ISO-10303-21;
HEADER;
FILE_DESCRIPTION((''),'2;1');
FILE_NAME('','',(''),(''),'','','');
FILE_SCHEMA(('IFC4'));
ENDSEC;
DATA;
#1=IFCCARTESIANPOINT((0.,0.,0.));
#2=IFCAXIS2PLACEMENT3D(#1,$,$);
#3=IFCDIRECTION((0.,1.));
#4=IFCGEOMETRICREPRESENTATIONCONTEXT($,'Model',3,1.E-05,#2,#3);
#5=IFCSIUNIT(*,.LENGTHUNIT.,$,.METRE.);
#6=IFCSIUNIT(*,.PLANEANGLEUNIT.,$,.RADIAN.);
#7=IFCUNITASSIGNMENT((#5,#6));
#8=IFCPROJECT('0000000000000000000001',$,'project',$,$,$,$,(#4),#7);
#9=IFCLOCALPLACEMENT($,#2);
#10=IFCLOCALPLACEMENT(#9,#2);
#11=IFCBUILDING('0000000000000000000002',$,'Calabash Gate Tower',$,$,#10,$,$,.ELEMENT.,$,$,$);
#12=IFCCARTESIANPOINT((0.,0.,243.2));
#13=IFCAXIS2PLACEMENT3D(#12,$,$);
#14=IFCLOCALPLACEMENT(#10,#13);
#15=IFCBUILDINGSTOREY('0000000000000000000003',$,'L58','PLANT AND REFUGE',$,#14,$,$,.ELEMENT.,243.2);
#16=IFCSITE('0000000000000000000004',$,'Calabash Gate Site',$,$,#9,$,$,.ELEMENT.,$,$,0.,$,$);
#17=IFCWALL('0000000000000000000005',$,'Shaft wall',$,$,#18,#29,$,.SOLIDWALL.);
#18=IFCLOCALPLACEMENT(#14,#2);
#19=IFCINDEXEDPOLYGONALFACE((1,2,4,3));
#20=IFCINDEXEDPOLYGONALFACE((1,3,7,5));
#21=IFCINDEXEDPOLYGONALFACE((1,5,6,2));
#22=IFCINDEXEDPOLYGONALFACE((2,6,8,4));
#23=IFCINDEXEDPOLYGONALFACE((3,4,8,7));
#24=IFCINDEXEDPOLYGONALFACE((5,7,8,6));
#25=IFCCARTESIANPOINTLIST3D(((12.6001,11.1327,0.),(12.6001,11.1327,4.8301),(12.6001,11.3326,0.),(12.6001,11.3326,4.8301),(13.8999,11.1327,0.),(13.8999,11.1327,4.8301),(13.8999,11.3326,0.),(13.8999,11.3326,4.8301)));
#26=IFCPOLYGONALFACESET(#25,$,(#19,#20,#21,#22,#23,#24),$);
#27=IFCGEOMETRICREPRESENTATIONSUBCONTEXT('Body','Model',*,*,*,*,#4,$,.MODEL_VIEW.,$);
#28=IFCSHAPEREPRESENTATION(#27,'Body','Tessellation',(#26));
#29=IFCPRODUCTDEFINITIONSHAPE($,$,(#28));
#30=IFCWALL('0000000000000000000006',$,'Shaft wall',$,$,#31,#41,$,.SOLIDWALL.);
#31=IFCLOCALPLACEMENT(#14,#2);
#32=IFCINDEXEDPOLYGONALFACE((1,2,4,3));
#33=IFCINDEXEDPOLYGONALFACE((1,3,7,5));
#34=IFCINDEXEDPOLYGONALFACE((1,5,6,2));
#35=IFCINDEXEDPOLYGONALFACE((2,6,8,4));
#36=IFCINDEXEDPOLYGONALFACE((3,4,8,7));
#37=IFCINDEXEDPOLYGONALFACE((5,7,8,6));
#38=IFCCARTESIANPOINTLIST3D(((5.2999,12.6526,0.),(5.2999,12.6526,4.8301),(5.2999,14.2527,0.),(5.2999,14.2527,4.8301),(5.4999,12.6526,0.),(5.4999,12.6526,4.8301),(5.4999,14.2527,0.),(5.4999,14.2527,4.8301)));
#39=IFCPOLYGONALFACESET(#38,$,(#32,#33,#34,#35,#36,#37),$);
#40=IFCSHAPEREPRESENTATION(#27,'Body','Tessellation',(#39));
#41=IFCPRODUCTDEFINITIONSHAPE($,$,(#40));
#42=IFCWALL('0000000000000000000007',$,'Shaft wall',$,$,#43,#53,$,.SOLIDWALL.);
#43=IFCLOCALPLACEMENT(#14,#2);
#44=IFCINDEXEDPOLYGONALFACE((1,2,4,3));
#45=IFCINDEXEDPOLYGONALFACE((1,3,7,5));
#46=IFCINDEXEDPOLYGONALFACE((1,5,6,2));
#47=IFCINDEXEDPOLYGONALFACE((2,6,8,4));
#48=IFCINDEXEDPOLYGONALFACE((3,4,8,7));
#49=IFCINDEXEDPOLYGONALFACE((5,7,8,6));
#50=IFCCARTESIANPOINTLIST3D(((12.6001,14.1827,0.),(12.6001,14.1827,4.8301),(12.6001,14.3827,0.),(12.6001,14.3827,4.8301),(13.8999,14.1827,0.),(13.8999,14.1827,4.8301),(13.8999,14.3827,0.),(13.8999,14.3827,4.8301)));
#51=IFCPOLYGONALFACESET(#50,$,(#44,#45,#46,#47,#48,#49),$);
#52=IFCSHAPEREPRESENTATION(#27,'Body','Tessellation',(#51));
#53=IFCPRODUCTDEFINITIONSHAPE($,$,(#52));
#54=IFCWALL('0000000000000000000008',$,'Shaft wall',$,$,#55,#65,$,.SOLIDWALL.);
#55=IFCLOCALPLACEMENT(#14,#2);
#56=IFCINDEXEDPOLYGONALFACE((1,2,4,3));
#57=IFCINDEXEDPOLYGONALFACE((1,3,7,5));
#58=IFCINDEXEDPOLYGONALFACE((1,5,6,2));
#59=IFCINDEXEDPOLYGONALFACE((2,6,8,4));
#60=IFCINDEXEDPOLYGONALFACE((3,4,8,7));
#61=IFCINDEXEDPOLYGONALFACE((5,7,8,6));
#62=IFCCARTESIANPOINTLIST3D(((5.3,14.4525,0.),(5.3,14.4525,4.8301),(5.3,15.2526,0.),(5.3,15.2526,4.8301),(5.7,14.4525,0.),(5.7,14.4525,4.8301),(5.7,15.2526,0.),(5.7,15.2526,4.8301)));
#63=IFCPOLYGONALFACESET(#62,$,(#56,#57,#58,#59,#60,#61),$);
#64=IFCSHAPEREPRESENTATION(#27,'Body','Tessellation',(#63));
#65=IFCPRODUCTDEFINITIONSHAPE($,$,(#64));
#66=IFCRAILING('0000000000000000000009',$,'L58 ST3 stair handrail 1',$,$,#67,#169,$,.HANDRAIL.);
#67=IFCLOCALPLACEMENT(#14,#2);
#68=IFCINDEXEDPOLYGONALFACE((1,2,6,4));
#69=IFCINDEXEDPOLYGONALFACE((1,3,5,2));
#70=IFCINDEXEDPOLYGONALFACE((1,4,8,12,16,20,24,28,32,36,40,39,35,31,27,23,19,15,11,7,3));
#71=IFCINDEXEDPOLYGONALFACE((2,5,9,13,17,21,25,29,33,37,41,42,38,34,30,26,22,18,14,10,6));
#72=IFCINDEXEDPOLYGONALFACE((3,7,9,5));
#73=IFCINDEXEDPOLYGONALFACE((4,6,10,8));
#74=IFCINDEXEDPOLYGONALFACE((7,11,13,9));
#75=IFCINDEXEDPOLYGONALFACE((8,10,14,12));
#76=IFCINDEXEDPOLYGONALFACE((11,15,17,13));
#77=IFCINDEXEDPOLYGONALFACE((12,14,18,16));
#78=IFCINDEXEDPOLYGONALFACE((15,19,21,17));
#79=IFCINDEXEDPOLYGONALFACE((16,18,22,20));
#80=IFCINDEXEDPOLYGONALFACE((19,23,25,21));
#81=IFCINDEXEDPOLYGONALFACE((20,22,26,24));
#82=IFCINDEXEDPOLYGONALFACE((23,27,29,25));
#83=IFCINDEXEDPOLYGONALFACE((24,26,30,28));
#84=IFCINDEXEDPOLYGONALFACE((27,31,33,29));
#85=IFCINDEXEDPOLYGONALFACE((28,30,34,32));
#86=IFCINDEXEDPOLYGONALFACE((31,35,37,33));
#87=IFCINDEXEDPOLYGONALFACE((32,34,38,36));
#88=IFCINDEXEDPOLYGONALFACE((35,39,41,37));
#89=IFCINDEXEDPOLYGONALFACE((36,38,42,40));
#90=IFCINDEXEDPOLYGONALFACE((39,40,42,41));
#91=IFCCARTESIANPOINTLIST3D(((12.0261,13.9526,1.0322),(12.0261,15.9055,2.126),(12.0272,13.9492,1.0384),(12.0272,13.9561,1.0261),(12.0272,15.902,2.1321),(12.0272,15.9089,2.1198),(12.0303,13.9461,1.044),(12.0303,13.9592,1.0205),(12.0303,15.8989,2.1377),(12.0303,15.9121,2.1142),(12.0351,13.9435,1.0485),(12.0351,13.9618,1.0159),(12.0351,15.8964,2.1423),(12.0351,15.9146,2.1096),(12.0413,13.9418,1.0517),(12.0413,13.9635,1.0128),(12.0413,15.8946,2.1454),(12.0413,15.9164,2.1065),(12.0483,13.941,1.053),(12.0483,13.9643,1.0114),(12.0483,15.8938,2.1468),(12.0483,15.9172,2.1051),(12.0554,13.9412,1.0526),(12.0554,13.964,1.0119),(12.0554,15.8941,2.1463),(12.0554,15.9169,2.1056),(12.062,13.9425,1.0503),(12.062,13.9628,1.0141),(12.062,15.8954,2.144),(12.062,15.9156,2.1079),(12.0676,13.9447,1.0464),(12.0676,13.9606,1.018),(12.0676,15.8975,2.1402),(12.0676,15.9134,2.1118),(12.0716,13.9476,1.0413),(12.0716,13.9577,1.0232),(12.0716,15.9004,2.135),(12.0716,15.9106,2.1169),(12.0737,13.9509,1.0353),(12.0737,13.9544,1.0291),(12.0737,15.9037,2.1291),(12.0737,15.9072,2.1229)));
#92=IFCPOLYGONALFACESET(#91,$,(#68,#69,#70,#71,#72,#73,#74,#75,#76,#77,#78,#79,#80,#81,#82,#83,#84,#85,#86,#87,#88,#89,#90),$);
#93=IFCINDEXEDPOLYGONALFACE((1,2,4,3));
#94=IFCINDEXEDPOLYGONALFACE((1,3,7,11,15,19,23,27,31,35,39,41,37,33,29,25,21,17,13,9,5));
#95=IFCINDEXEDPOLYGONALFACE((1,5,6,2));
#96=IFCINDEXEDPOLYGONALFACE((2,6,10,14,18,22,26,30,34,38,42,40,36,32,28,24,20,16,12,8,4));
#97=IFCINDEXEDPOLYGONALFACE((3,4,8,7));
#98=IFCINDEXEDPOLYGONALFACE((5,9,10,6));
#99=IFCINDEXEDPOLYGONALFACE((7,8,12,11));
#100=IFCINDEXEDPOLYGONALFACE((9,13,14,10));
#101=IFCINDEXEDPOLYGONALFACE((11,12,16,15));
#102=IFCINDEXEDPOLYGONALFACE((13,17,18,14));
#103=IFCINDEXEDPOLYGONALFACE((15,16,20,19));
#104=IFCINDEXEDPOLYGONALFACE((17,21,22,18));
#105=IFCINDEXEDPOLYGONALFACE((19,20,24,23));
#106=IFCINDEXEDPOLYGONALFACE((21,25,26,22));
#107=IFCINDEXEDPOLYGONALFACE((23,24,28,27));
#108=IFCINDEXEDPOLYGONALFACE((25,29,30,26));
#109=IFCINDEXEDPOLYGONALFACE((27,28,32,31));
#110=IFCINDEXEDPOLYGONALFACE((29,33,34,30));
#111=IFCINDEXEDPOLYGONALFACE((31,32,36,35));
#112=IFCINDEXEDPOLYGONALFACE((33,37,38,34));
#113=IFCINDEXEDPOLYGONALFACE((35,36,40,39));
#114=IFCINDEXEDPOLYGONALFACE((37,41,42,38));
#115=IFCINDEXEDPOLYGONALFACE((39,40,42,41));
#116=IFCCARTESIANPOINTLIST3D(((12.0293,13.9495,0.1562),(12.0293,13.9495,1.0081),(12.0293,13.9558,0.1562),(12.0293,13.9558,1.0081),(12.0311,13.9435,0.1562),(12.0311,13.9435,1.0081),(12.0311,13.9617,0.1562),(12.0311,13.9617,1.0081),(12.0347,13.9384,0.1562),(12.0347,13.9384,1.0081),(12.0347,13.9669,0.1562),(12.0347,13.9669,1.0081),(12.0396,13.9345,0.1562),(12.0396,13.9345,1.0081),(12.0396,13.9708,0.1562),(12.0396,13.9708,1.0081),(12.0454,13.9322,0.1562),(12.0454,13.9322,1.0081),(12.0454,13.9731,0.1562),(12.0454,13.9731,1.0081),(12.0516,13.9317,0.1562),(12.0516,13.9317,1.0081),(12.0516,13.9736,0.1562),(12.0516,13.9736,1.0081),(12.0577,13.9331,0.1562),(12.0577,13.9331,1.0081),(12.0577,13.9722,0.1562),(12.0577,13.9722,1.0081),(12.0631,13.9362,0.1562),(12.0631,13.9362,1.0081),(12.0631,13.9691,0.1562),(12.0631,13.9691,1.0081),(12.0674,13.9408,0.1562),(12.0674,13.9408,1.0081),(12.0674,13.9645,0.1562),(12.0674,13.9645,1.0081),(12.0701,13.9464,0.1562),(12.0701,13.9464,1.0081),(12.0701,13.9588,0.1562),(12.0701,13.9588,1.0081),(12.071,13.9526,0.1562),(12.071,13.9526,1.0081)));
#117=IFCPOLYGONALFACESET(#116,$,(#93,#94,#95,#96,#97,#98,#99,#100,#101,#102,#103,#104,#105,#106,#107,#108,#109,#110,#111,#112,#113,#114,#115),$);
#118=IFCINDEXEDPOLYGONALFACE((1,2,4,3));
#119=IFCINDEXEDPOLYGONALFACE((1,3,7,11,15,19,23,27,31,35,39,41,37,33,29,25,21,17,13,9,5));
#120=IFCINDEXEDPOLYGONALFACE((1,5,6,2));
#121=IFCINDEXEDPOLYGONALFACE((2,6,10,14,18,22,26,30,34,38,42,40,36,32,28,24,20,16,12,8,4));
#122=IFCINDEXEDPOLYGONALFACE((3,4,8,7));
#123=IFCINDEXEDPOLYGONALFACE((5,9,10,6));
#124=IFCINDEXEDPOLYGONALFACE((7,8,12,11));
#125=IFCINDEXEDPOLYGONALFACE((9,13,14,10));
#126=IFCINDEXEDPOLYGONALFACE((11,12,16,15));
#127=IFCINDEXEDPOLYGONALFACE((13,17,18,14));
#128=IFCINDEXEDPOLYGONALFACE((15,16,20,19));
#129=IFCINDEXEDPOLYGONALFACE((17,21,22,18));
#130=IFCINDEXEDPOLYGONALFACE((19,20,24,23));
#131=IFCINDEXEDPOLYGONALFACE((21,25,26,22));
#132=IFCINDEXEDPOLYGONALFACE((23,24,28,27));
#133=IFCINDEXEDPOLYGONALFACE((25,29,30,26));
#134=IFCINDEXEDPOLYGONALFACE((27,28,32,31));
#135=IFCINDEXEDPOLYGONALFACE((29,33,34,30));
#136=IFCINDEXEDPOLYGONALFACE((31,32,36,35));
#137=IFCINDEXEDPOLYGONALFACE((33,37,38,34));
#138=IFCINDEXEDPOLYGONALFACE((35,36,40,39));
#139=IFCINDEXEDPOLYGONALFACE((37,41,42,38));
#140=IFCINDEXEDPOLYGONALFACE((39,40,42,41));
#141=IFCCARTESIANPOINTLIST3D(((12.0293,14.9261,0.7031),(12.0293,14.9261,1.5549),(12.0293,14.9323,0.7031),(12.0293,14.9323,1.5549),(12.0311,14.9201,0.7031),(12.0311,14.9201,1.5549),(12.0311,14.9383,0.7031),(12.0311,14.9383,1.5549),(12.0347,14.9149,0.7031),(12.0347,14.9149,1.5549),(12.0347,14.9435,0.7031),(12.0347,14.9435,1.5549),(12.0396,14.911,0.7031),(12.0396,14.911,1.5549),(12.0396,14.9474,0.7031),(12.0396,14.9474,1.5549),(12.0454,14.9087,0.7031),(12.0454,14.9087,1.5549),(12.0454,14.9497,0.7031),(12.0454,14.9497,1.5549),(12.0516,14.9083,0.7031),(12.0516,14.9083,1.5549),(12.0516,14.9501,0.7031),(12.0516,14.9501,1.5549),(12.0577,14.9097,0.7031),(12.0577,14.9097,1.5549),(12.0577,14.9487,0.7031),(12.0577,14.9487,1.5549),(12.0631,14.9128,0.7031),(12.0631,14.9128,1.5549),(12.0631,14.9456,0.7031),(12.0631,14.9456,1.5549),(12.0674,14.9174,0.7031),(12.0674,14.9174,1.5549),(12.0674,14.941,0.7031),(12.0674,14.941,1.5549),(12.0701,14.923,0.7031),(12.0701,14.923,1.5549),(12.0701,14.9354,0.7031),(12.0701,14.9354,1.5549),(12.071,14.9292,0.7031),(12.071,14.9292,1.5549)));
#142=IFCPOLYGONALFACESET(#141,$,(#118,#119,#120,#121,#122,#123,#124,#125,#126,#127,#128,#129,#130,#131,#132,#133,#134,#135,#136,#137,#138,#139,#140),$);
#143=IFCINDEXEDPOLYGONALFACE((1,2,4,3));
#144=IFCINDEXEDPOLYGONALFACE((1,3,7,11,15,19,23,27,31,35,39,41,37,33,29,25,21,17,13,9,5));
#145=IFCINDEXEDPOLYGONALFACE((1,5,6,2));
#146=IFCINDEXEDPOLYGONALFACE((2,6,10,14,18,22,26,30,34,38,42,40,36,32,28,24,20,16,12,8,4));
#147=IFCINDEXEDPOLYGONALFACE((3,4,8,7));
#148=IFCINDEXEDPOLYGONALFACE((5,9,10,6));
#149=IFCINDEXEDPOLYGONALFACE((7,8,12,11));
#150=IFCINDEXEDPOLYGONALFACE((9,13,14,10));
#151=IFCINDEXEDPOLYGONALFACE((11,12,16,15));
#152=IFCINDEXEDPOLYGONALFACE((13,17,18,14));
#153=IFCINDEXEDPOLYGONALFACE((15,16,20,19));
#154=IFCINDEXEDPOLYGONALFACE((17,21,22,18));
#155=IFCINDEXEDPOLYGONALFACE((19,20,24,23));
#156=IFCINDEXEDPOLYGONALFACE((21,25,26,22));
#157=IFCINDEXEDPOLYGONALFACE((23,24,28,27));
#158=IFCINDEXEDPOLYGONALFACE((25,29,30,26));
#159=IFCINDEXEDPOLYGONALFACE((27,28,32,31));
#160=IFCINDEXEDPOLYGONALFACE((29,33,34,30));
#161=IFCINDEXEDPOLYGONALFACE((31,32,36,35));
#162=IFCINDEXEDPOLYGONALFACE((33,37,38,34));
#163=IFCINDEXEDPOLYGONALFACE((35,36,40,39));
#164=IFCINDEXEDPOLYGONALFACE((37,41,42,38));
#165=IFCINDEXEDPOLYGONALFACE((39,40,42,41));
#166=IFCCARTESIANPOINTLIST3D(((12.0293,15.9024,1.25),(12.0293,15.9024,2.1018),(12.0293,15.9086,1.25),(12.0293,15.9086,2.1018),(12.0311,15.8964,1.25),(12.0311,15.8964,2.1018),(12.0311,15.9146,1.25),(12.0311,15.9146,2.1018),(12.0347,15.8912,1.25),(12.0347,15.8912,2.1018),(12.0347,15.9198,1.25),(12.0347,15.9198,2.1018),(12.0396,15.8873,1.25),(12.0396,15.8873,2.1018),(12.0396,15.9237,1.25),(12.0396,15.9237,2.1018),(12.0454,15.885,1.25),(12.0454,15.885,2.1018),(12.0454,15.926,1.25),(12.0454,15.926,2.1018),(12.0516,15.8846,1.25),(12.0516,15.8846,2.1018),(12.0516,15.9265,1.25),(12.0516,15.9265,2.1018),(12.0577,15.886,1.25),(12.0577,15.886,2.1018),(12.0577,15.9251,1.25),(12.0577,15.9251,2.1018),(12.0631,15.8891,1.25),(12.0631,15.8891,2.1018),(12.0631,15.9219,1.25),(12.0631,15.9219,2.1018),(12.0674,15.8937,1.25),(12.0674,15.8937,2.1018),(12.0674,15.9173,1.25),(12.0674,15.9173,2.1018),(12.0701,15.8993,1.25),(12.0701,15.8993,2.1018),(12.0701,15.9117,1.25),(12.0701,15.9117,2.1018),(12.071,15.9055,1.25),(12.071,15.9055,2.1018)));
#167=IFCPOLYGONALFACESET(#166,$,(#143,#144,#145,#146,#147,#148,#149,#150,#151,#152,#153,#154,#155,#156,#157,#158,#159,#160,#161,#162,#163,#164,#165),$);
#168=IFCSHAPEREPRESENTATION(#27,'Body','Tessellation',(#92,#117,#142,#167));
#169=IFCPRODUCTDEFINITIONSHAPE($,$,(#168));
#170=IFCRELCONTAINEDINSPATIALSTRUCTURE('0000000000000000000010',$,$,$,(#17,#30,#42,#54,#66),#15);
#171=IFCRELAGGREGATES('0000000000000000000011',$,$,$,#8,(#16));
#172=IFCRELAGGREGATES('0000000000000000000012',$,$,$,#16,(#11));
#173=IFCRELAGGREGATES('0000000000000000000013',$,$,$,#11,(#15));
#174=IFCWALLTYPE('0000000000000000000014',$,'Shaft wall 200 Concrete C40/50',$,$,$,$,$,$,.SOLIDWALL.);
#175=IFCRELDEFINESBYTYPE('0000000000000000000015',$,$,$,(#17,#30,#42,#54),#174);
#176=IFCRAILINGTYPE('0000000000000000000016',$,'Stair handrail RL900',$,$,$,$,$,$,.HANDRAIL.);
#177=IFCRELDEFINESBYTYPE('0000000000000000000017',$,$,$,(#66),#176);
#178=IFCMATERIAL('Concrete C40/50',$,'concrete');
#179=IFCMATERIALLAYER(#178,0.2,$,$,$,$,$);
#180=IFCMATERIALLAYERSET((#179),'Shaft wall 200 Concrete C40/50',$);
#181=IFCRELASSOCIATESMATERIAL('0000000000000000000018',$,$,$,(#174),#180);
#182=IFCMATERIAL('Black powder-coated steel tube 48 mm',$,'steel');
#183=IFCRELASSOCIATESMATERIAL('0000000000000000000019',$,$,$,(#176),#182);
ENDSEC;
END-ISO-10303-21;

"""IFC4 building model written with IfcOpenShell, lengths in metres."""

from ifc_helpers import new_model, si_unit, direction, frame, frame_2d, origin, origin_2d, place, context, subcontext, project, spatial, rectangle, circle, extrude, material, layer, layer_set, type_object, element, save


model = new_model("IFC4")

# Units and contexts
model_context = context("Model", 3, precision=1e-05, world=origin(), true_north=direction((0.0, 1.0)))
body_context = subcontext(model_context, "Body", "Model", "MODEL_VIEW")
ifc_project = project(units=[si_unit("LENGTHUNIT", "METRE"), si_unit("PLANEANGLEUNIT", "RADIAN")], contexts=[model_context])

# Site, building, storey
site_placement = place(None, origin())
site = spatial("IfcSite", under=ifc_project, at=site_placement, Name="Calabash Gate Site", CompositionType="ELEMENT", RefElevation=0.0)
building_placement = place(site_placement, origin())
building = spatial("IfcBuilding", under=site, at=building_placement, Name="Calabash Gate Tower", CompositionType="ELEMENT")
storey_placement = place(building_placement, frame((0.0, 0.0, 243.2)))
storey = spatial("IfcBuildingStorey", under=building, at=storey_placement, Name="L58", Description="PLANT AND REFUGE", CompositionType="ELEMENT", Elevation=243.2)

# Walls
ifc_material_1 = material(Name="Concrete C40/50", Category="concrete")
ifc_layer_1 = layer(ifc_material_1, 0.2)
ifc_layer_set_1 = layer_set([ifc_layer_1], Name="Shaft wall 200 Concrete C40/50")
wall_type_1 = type_object("IfcWallType", Name="Shaft wall 200 Concrete C40/50", PredefinedType="SOLIDWALL", material=ifc_layer_set_1)
wall_1_placement = place(storey_placement, frame((12.6001, 11.2327, 0.0), z_axis=(0.0, 0.0, 1.0), x_axis=(1.0, 0.0, 0.0)))
element("IfcWall", 1, at=wall_1_placement, inside=storey, type_object=wall_type_1, Name="Shaft wall", PredefinedType="SOLIDWALL", context=body_context, shape_type="SweptSolid", body=[
    extrude(rectangle(XDim=1.2998, YDim=0.2, at=frame_2d((0.6499, 0.0))), origin(), (0.0, 0.0, 1.0), 4.8301),
])
wall_2_placement = place(storey_placement, frame((5.3999, 12.6526, 0.0), z_axis=(0.0, 0.0, 1.0), x_axis=(0.0, 1.0, 0.0)))
element("IfcWall", 2, at=wall_2_placement, inside=storey, type_object=wall_type_1, Name="Shaft wall", PredefinedType="SOLIDWALL", context=body_context, shape_type="SweptSolid", body=[
    extrude(rectangle(XDim=1.6001, YDim=0.2, at=frame_2d((0.8, 0.0))), origin(), (0.0, 0.0, 1.0), 4.8301),
])
wall_3_placement = place(storey_placement, frame((12.6001, 14.2827, 0.0), z_axis=(0.0, 0.0, 1.0), x_axis=(1.0, 0.0, 0.0)))
element("IfcWall", 3, at=wall_3_placement, inside=storey, type_object=wall_type_1, Name="Shaft wall", PredefinedType="SOLIDWALL", context=body_context, shape_type="SweptSolid", body=[
    extrude(rectangle(XDim=1.2998, YDim=0.2, at=frame_2d((0.6499, 0.0))), origin(), (0.0, 0.0, 1.0), 4.8301),
])
wall_4_placement = place(storey_placement, frame((5.5, 14.4526, 0.0), z_axis=(0.0, 0.0, 1.0), x_axis=(0.0, 1.0, 0.0)))
element("IfcWall", 4, at=wall_4_placement, inside=storey, type_object=wall_type_1, Name="Shaft wall", PredefinedType="SOLIDWALL", context=body_context, shape_type="SweptSolid", body=[
    extrude(rectangle(XDim=0.8, YDim=0.3999, at=frame_2d((0.3999, 0.0))), origin(), (0.0, 0.0, 1.0), 4.8301),
])

# Railing
ifc_material_2 = material(Name="Black powder-coated steel tube 48 mm", Category="steel")
railing_type_1 = type_object("IfcRailingType", Name="Stair handrail RL900", PredefinedType="HANDRAIL", material=ifc_material_2)
for number, where, name in (
    (5, (12.05, 13.9526, 0.1562), "L58 ST3 stair handrail 1"),
):
    element("IfcRailing", number, at=place(storey_placement, frame(where)), inside=storey, type_object=railing_type_1, Name=name, PredefinedType="HANDRAIL", context=body_context, shape_type="SweptSolid", body=[
        extrude(circle(Radius=0.0239, at=origin_2d()), frame((0.0, 0.0, 0.876), z_axis=(0.0, 0.87248, 0.48865), x_axis=(-1.0, 0.0, 0.0)), (0.0, 0.0, 1.0), 2.2383),
        extrude(circle(Radius=0.021, at=origin_2d()), origin(), (0.0, 0.0, 1.0), 0.8518),
        extrude(circle(Radius=0.021, at=origin_2d()), frame((0.0, 0.9766, 0.5469)), (0.0, 0.0, 1.0), 0.8518),
        extrude(circle(Radius=0.021, at=origin_2d()), frame((0.0, 1.9529, 1.0938)), (0.0, 0.0, 1.0), 0.8518),
    ])

save(model, "model.ifc")
